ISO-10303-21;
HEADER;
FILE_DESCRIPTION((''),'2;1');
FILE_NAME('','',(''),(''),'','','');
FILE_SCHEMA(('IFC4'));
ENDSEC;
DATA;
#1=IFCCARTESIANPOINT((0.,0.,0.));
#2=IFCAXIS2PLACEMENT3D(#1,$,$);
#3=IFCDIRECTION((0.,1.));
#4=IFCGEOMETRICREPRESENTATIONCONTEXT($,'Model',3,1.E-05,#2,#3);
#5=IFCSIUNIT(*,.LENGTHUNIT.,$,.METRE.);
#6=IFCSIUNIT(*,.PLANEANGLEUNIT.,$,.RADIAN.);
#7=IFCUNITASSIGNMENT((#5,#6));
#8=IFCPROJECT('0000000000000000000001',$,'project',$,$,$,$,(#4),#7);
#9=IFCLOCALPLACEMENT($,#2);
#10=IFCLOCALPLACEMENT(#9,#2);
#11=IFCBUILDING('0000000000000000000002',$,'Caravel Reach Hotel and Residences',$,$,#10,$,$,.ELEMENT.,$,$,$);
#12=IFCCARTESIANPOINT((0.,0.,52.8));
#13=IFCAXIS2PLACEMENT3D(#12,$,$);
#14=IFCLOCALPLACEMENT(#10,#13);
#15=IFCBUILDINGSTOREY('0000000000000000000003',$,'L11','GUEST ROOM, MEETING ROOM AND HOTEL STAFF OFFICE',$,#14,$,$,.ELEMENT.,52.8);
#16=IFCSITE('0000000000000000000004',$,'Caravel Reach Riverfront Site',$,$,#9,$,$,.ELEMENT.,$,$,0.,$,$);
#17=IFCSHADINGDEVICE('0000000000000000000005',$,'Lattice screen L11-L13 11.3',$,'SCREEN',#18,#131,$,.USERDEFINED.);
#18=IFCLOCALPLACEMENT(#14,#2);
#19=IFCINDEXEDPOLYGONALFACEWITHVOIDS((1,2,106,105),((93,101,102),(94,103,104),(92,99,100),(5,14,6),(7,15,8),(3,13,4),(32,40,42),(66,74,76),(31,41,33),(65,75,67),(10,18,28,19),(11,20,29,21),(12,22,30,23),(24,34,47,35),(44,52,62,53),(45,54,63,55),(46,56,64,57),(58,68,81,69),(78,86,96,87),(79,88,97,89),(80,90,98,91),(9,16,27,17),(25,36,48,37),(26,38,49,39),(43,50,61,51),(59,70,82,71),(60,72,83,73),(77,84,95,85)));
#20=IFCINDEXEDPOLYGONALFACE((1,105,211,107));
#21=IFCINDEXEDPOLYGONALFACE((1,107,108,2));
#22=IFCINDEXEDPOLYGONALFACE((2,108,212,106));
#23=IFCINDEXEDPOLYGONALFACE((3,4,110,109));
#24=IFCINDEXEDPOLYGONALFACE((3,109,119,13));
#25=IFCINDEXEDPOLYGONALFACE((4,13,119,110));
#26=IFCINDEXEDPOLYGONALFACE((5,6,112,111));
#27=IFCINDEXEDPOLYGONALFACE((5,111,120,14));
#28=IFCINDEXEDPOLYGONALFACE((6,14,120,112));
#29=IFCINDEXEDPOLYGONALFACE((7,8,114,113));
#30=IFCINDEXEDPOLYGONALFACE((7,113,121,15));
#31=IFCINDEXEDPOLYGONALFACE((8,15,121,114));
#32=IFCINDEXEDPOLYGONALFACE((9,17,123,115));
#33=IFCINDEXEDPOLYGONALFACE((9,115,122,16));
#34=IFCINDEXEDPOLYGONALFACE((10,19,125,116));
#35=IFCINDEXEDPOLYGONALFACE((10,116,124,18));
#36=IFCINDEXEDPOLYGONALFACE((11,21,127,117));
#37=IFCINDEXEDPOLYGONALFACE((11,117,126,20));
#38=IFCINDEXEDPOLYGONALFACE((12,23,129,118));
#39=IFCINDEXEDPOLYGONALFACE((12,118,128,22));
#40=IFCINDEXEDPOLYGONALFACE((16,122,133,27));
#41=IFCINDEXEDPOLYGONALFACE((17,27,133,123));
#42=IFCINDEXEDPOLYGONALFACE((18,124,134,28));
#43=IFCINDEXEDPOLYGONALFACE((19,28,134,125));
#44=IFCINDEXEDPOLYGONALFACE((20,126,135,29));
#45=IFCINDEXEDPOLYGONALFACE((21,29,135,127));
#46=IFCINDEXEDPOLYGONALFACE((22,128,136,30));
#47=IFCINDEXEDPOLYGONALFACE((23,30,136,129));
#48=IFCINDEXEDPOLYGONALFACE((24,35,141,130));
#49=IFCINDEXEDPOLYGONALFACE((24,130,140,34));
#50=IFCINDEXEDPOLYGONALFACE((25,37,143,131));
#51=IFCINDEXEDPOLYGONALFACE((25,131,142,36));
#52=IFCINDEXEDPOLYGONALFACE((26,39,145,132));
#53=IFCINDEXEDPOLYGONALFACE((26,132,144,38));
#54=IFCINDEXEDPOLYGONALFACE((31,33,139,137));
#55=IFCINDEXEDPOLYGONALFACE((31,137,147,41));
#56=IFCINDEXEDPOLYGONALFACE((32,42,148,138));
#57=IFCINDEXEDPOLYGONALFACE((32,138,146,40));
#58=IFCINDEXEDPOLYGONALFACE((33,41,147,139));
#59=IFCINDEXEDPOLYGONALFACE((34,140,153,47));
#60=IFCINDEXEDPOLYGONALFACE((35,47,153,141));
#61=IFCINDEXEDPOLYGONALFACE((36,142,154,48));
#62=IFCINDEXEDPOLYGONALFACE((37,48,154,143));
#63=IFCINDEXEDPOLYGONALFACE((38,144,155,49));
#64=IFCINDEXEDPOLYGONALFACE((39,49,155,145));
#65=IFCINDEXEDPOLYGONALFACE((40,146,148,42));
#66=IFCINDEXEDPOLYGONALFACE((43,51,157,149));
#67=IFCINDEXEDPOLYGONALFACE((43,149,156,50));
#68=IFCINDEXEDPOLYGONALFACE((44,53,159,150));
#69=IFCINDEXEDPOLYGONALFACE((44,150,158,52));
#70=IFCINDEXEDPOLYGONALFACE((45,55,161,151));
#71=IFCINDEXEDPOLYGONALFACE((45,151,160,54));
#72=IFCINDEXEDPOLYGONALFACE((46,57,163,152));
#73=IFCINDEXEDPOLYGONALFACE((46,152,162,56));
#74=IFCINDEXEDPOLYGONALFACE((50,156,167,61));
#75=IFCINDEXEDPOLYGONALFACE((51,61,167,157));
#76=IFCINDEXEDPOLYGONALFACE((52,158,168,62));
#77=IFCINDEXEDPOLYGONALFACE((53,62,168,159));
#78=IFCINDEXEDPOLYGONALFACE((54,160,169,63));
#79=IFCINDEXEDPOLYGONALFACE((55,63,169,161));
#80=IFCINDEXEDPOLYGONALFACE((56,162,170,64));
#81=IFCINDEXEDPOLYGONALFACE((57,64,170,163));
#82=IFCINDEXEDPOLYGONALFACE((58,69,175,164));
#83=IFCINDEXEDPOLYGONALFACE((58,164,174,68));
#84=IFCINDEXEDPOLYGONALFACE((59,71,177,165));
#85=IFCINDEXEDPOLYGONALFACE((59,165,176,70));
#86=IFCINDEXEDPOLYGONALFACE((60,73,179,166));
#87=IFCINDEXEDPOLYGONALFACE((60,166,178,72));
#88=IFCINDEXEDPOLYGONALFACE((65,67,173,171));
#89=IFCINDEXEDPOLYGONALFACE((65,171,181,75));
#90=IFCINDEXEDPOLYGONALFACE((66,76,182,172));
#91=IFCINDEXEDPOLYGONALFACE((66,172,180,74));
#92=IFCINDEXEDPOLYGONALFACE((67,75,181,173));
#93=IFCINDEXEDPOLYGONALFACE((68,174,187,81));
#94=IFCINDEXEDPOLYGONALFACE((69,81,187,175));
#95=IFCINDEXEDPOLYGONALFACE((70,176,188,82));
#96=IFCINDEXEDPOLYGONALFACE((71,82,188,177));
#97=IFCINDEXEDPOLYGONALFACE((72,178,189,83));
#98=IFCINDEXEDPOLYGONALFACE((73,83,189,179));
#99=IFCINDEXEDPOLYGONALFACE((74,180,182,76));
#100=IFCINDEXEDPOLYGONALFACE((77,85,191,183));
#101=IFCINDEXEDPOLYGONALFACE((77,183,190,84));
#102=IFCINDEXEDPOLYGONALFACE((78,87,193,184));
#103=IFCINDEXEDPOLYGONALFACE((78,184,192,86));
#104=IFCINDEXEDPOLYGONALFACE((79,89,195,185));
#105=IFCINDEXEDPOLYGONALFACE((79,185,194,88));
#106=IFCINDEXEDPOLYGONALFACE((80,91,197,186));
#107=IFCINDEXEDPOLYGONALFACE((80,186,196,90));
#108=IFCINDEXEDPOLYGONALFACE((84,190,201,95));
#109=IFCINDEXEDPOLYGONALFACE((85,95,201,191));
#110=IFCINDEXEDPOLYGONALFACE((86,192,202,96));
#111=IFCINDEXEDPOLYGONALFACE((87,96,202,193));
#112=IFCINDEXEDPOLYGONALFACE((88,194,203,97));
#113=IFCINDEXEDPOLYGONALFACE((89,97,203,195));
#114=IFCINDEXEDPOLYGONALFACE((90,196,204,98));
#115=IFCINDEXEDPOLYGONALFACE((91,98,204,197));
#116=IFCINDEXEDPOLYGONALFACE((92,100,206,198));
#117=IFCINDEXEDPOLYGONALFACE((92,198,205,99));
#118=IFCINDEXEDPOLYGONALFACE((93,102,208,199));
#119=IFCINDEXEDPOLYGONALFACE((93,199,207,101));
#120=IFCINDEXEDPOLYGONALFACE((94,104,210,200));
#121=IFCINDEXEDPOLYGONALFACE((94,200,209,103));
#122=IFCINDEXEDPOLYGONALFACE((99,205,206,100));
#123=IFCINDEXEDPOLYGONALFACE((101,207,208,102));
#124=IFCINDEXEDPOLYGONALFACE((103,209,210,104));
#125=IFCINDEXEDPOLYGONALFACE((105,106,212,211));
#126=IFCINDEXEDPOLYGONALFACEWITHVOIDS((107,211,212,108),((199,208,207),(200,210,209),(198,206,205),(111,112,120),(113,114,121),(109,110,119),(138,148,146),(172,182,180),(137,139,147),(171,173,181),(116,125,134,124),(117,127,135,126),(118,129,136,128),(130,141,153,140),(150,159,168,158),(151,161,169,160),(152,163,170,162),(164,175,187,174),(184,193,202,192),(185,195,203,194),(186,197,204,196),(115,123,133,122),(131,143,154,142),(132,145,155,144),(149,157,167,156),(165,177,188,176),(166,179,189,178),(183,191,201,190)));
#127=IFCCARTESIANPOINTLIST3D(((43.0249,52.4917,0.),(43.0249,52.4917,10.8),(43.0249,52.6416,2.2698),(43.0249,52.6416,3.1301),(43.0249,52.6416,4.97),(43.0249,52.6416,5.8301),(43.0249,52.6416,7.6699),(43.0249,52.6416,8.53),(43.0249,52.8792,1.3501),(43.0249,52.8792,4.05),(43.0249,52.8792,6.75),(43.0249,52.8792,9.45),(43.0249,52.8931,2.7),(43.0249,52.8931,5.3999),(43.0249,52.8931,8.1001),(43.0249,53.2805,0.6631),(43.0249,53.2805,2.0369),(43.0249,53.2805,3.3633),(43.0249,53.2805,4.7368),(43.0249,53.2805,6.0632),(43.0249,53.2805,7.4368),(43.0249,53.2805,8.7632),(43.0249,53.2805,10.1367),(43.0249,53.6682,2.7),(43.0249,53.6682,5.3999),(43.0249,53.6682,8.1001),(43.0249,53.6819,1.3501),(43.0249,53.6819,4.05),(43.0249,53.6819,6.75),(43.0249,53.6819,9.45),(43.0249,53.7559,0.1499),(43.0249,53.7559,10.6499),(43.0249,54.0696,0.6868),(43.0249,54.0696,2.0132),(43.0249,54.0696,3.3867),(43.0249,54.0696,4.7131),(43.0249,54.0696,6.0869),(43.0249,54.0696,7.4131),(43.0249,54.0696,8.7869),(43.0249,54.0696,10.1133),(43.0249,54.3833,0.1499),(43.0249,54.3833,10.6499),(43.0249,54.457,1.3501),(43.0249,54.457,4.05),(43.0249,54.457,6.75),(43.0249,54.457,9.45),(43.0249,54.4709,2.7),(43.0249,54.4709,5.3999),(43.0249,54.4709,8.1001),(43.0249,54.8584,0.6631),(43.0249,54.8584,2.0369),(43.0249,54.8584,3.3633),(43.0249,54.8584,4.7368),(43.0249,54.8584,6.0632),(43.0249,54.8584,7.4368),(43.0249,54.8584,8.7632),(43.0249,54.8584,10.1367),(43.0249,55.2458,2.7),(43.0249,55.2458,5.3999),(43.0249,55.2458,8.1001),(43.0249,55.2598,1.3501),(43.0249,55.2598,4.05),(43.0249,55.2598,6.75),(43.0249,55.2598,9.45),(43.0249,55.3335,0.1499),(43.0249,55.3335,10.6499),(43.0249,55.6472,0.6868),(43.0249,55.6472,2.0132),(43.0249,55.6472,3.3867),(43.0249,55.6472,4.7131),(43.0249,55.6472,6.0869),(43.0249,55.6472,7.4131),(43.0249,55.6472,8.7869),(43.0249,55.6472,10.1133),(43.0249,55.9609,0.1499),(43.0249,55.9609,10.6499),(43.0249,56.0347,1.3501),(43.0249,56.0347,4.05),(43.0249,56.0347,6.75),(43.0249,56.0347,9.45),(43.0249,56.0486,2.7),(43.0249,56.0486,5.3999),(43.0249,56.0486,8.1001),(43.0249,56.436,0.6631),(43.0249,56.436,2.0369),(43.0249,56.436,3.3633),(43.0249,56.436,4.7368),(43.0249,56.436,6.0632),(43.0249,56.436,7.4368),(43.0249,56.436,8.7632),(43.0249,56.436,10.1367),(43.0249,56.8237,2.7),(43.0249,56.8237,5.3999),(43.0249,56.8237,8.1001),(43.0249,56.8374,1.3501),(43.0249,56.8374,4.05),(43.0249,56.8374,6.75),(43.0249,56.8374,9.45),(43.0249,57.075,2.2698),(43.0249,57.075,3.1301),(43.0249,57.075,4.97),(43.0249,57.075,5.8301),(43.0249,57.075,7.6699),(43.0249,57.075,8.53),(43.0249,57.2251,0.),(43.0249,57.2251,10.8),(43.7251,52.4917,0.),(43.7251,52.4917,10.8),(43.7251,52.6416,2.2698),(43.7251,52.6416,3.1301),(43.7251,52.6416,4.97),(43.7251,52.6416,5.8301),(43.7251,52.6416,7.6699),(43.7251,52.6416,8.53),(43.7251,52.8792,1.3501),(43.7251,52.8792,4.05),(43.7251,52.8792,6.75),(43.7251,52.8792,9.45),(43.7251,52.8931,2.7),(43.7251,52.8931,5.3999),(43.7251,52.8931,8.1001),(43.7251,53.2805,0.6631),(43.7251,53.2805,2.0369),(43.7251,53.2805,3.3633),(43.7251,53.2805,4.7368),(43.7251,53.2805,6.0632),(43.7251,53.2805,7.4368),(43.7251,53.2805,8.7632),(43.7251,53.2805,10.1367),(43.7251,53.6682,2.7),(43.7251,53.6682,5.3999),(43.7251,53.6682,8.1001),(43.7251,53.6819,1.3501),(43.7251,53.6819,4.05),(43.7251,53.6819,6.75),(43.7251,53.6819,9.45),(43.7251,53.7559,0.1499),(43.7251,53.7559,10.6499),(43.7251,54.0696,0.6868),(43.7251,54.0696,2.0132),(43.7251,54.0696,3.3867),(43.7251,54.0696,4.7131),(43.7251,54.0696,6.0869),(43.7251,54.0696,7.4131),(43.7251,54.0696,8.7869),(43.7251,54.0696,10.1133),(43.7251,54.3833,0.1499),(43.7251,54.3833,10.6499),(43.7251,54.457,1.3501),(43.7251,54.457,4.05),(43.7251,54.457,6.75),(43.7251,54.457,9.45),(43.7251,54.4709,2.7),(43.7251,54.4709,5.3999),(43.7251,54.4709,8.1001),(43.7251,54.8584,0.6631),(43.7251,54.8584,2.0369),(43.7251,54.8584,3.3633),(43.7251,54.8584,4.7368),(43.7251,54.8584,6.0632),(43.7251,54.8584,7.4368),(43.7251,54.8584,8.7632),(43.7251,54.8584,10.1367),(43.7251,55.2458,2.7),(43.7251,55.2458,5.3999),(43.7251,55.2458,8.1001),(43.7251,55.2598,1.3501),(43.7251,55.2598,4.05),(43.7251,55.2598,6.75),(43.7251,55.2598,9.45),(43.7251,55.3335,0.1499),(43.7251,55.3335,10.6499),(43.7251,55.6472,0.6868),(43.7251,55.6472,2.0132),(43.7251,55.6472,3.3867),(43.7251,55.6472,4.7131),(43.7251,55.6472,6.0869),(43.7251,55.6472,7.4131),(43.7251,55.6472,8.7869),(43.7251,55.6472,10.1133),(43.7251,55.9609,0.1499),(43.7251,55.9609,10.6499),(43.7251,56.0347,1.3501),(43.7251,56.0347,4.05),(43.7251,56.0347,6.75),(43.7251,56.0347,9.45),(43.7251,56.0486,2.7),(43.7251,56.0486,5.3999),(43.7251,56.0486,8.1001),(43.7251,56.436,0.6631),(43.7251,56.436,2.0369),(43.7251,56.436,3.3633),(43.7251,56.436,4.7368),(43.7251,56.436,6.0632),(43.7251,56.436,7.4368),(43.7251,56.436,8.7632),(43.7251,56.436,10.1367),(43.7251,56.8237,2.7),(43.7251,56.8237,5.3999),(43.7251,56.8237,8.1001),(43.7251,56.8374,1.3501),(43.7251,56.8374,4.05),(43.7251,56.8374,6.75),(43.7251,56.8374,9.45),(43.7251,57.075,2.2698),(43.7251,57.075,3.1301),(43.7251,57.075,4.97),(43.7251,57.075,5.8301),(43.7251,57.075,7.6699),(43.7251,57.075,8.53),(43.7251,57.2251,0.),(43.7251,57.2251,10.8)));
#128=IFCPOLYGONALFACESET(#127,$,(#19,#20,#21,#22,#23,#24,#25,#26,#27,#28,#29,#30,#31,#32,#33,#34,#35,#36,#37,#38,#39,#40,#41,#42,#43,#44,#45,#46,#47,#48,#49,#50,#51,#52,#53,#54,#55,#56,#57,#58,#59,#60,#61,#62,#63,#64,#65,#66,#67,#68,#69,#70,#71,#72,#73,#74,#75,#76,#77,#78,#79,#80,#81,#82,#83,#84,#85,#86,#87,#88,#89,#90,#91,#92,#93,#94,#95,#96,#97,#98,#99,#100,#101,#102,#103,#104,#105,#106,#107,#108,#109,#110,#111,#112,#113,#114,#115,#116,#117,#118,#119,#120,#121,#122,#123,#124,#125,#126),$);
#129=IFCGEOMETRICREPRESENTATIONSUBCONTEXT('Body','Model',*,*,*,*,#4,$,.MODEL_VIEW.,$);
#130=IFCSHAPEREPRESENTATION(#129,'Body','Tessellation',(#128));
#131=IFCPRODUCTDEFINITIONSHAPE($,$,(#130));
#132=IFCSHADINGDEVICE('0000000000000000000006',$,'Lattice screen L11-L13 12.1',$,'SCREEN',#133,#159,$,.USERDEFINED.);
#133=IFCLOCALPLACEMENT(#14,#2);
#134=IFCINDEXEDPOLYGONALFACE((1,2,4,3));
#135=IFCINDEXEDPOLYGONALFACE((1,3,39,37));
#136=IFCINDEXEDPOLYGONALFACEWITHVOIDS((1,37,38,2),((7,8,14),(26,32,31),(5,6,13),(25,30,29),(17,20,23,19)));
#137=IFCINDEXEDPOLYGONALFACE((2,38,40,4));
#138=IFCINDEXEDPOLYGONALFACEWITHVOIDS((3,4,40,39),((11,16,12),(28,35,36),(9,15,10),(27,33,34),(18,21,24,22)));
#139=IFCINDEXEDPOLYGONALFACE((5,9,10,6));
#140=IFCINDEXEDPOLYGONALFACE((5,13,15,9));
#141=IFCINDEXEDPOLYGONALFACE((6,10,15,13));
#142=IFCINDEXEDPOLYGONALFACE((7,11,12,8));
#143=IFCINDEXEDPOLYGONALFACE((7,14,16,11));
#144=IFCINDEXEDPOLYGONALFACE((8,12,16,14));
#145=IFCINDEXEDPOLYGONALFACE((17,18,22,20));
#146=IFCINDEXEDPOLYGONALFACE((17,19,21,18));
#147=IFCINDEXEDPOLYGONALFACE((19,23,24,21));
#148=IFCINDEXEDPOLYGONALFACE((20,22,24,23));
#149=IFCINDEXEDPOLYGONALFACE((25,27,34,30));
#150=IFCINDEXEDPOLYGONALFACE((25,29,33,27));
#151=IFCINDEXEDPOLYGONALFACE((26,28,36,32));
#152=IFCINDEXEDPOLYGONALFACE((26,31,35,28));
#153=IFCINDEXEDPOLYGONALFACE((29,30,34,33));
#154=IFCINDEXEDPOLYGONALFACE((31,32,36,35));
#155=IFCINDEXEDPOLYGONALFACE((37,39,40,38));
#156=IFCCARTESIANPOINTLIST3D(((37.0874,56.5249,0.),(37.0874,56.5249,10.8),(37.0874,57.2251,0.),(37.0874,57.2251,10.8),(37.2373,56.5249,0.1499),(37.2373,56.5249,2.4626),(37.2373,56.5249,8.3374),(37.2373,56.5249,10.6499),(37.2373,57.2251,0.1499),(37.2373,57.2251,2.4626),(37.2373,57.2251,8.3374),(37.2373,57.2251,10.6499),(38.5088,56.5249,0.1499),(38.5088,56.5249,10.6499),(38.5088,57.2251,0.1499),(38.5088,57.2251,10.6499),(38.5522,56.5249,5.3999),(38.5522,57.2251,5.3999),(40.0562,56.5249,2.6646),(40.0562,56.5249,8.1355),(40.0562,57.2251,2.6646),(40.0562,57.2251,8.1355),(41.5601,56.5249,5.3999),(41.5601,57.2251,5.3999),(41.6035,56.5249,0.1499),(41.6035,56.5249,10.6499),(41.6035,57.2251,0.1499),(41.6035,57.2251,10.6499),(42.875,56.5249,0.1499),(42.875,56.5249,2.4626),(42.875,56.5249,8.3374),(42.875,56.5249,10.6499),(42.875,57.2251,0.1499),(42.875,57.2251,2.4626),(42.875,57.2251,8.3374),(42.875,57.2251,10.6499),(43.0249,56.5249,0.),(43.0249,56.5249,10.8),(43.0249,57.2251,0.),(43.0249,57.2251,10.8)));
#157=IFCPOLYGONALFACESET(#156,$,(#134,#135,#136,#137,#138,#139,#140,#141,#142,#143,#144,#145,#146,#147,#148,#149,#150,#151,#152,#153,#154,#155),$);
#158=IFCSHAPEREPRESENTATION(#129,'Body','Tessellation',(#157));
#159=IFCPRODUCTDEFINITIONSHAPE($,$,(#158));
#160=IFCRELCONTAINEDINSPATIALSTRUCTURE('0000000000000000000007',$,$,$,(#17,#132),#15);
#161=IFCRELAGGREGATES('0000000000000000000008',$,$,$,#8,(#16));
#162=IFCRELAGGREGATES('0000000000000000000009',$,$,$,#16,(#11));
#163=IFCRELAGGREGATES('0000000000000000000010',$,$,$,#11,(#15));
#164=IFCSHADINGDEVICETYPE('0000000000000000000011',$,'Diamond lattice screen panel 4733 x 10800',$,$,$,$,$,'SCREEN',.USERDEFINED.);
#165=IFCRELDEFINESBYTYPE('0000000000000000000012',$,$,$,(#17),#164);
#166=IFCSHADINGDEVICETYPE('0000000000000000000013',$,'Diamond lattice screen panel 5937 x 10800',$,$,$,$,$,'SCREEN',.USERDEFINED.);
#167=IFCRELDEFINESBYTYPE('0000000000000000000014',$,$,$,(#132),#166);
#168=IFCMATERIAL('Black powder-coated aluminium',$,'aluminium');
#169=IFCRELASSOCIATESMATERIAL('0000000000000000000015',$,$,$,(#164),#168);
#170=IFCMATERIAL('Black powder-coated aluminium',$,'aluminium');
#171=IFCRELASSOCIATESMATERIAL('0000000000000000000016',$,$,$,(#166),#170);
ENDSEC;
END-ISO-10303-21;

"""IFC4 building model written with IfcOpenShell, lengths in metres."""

from ifc_helpers import new_model, si_unit, direction, frame, origin, place, context, subcontext, project, spatial, polyline, outline, extrude, material, type_object, element, save


model = new_model("IFC4")

# Units and contexts
model_context = context("Model", 3, precision=1e-05, world=origin(), true_north=direction((0.0, 1.0)))
body_context = subcontext(model_context, "Body", "Model", "MODEL_VIEW")
ifc_project = project(units=[si_unit("LENGTHUNIT", "METRE"), si_unit("PLANEANGLEUNIT", "RADIAN")], contexts=[model_context])

# Site, building, storey
site_placement = place(None, origin())
site = spatial("IfcSite", under=ifc_project, at=site_placement, Name="Caravel Reach Riverfront Site", CompositionType="ELEMENT", RefElevation=0.0)
building_placement = place(site_placement, origin())
building = spatial("IfcBuilding", under=site, at=building_placement, Name="Caravel Reach Hotel and Residences", CompositionType="ELEMENT")
storey_placement = place(building_placement, frame((0.0, 0.0, 52.8)))
storey = spatial("IfcBuildingStorey", under=building, at=storey_placement, Name="L11", Description="GUEST ROOM, MEETING ROOM AND HOTEL STAFF OFFICE", CompositionType="ELEMENT", Elevation=52.8)

# Shading devices
ifc_material_1 = material(Name="Black powder-coated aluminium", Category="aluminium")
shading_device_type_1 = type_object("IfcShadingDeviceType", Name="Diamond lattice screen panel 4733 x 10800", ElementType="SCREEN", PredefinedType="USERDEFINED", material=ifc_material_1)
shading_device_placement = place(storey_placement, frame((43.0249, 52.4917, 0.0), z_axis=(1.0, 0.0, 0.0), x_axis=(0.0, 1.0, 0.0)))
element("IfcShadingDevice", 1, at=shading_device_placement, inside=storey, type_object=shading_device_type_1, Name="Lattice screen L11-L13 11.3", ObjectType="SCREEN", PredefinedType="USERDEFINED", context=body_context, shape_type="SweptSolid", body=[
    extrude(outline(polyline([(0.0, 0.0), (4.7334, 0.0), (4.7334, 10.8), (0.0, 10.8), (0.0, 0.0)]), holes=[polyline([(0.4014, 2.7), (0.1499, 3.1301), (0.1499, 2.2698), (0.4014, 2.7)]), polyline([(0.4014, 5.3999), (0.1499, 5.8301), (0.1499, 4.97), (0.4014, 5.3999)]), polyline([(0.4014, 8.1001), (0.1499, 8.53), (0.1499, 7.6699), (0.4014, 8.1001)]), polyline([(0.7888, 2.0369), (0.3875, 1.3501), (0.7888, 0.6631), (1.1902, 1.3501), (0.7888, 2.0369)]), polyline([(0.7888, 4.7368), (0.3875, 4.05), (0.7888, 3.3633), (1.1902, 4.05), (0.7888, 4.7368)]), polyline([(0.7888, 7.4368), (0.3875, 6.75), (0.7888, 6.0632), (1.1902, 6.75), (0.7888, 7.4368)]), polyline([(0.7888, 10.1367), (0.3875, 9.45), (0.7888, 8.7632), (1.1902, 9.45), (0.7888, 10.1367)]), polyline([(1.5779, 0.6868), (1.2642, 0.1499), (1.8916, 0.1499), (1.5779, 0.6868)]), polyline([(1.5779, 3.3867), (1.1765, 2.7), (1.5779, 2.0132), (1.9792, 2.7), (1.5779, 3.3867)]), polyline([(1.5779, 6.0869), (1.1765, 5.3999), (1.5779, 4.7131), (1.9792, 5.3999), (1.5779, 6.0869)]), polyline([(1.5779, 8.7869), (1.1765, 8.1001), (1.5779, 7.4131), (1.9792, 8.1001), (1.5779, 8.7869)]), polyline([(1.5779, 10.1133), (1.8916, 10.6499), (1.2642, 10.6499), (1.5779, 10.1133)]), polyline([(2.3667, 2.0369), (1.9653, 1.3501), (2.3667, 0.6631), (2.7681, 1.3501), (2.3667, 2.0369)]), polyline([(2.3667, 4.7368), (1.9653, 4.05), (2.3667, 3.3633), (2.7681, 4.05), (2.3667, 4.7368)]), polyline([(2.3667, 7.4368), (1.9653, 6.75), (2.3667, 6.0632), (2.7681, 6.75), (2.3667, 7.4368)]), polyline([(2.3667, 10.1367), (1.9653, 9.45), (2.3667, 8.7632), (2.7681, 9.45), (2.3667, 10.1367)]), polyline([(3.1555, 0.6868), (2.8418, 0.1499), (3.4692, 0.1499), (3.1555, 0.6868)]), polyline([(3.1555, 3.3867), (2.7542, 2.7), (3.1555, 2.0132), (3.5569, 2.7), (3.1555, 3.3867)]), polyline([(3.1555, 6.0869), (2.7542, 5.3999), (3.1555, 4.7131), (3.5569, 5.3999), (3.1555, 6.0869)]), polyline([(3.1555, 8.7869), (2.7542, 8.1001), (3.1555, 7.4131), (3.5569, 8.1001), (3.1555, 8.7869)]), polyline([(3.1555, 10.1133), (3.4692, 10.6499), (2.8418, 10.6499), (3.1555, 10.1133)]), polyline([(3.9443, 2.0369), (3.543, 1.3501), (3.9443, 0.6631), (4.3457, 1.3501), (3.9443, 2.0369)]), polyline([(3.9443, 4.7368), (3.543, 4.05), (3.9443, 3.3633), (4.3457, 4.05), (3.9443, 4.7368)]), polyline([(3.9443, 7.4368), (3.543, 6.75), (3.9443, 6.0632), (4.3457, 6.75), (3.9443, 7.4368)]), polyline([(3.9443, 10.1367), (3.543, 9.45), (3.9443, 8.7632), (4.3457, 9.45), (3.9443, 10.1367)]), polyline([(4.332, 2.7), (4.5833, 2.2698), (4.5833, 3.1301), (4.332, 2.7)]), polyline([(4.332, 5.3999), (4.5833, 4.97), (4.5833, 5.8301), (4.332, 5.3999)]), polyline([(4.332, 8.1001), (4.5833, 7.6699), (4.5833, 8.53), (4.332, 8.1001)])]), origin(), (0.0, 0.0, 1.0), 0.7002),
])
ifc_material_2 = material(Name="Black powder-coated aluminium", Category="aluminium")
shading_device_type_2 = type_object("IfcShadingDeviceType", Name="Diamond lattice screen panel 5937 x 10800", ElementType="SCREEN", PredefinedType="USERDEFINED", material=ifc_material_2)
for number, where, z_axis, x_axis, name in (
    (2, (43.0249, 56.5249, 0.0), (0.0, 1.0, 0.0), (-1.0, 0.0, 0.0), "Lattice screen L11-L13 12.1"),
):
    element("IfcShadingDevice", number, at=place(storey_placement, frame(where, z_axis=z_axis, x_axis=x_axis)), inside=storey, type_object=shading_device_type_2, Name=name, ObjectType="SCREEN", PredefinedType="USERDEFINED", context=body_context, shape_type="SweptSolid", body=[
        extrude(outline(polyline([(0.0, 0.0), (5.9375, 0.0), (5.9375, 10.8), (0.0, 10.8), (0.0, 0.0)]), holes=[polyline([(1.4214, 0.1499), (0.1499, 2.4626), (0.1499, 0.1499), (1.4214, 0.1499)]), polyline([(0.1499, 8.3374), (1.4214, 10.6499), (0.1499, 10.6499), (0.1499, 8.3374)]), polyline([(2.9688, 8.1355), (1.4648, 5.3999), (2.9688, 2.6646), (4.4727, 5.3999), (2.9688, 8.1355)]), polyline([(5.7876, 2.4626), (4.5161, 0.1499), (5.7876, 0.1499), (5.7876, 2.4626)]), polyline([(4.5161, 10.6499), (5.7876, 8.3374), (5.7876, 10.6499), (4.5161, 10.6499)])]), origin(), (0.0, 0.0, 1.0), 0.7002),
    ])

save(model, "model.ifc")
